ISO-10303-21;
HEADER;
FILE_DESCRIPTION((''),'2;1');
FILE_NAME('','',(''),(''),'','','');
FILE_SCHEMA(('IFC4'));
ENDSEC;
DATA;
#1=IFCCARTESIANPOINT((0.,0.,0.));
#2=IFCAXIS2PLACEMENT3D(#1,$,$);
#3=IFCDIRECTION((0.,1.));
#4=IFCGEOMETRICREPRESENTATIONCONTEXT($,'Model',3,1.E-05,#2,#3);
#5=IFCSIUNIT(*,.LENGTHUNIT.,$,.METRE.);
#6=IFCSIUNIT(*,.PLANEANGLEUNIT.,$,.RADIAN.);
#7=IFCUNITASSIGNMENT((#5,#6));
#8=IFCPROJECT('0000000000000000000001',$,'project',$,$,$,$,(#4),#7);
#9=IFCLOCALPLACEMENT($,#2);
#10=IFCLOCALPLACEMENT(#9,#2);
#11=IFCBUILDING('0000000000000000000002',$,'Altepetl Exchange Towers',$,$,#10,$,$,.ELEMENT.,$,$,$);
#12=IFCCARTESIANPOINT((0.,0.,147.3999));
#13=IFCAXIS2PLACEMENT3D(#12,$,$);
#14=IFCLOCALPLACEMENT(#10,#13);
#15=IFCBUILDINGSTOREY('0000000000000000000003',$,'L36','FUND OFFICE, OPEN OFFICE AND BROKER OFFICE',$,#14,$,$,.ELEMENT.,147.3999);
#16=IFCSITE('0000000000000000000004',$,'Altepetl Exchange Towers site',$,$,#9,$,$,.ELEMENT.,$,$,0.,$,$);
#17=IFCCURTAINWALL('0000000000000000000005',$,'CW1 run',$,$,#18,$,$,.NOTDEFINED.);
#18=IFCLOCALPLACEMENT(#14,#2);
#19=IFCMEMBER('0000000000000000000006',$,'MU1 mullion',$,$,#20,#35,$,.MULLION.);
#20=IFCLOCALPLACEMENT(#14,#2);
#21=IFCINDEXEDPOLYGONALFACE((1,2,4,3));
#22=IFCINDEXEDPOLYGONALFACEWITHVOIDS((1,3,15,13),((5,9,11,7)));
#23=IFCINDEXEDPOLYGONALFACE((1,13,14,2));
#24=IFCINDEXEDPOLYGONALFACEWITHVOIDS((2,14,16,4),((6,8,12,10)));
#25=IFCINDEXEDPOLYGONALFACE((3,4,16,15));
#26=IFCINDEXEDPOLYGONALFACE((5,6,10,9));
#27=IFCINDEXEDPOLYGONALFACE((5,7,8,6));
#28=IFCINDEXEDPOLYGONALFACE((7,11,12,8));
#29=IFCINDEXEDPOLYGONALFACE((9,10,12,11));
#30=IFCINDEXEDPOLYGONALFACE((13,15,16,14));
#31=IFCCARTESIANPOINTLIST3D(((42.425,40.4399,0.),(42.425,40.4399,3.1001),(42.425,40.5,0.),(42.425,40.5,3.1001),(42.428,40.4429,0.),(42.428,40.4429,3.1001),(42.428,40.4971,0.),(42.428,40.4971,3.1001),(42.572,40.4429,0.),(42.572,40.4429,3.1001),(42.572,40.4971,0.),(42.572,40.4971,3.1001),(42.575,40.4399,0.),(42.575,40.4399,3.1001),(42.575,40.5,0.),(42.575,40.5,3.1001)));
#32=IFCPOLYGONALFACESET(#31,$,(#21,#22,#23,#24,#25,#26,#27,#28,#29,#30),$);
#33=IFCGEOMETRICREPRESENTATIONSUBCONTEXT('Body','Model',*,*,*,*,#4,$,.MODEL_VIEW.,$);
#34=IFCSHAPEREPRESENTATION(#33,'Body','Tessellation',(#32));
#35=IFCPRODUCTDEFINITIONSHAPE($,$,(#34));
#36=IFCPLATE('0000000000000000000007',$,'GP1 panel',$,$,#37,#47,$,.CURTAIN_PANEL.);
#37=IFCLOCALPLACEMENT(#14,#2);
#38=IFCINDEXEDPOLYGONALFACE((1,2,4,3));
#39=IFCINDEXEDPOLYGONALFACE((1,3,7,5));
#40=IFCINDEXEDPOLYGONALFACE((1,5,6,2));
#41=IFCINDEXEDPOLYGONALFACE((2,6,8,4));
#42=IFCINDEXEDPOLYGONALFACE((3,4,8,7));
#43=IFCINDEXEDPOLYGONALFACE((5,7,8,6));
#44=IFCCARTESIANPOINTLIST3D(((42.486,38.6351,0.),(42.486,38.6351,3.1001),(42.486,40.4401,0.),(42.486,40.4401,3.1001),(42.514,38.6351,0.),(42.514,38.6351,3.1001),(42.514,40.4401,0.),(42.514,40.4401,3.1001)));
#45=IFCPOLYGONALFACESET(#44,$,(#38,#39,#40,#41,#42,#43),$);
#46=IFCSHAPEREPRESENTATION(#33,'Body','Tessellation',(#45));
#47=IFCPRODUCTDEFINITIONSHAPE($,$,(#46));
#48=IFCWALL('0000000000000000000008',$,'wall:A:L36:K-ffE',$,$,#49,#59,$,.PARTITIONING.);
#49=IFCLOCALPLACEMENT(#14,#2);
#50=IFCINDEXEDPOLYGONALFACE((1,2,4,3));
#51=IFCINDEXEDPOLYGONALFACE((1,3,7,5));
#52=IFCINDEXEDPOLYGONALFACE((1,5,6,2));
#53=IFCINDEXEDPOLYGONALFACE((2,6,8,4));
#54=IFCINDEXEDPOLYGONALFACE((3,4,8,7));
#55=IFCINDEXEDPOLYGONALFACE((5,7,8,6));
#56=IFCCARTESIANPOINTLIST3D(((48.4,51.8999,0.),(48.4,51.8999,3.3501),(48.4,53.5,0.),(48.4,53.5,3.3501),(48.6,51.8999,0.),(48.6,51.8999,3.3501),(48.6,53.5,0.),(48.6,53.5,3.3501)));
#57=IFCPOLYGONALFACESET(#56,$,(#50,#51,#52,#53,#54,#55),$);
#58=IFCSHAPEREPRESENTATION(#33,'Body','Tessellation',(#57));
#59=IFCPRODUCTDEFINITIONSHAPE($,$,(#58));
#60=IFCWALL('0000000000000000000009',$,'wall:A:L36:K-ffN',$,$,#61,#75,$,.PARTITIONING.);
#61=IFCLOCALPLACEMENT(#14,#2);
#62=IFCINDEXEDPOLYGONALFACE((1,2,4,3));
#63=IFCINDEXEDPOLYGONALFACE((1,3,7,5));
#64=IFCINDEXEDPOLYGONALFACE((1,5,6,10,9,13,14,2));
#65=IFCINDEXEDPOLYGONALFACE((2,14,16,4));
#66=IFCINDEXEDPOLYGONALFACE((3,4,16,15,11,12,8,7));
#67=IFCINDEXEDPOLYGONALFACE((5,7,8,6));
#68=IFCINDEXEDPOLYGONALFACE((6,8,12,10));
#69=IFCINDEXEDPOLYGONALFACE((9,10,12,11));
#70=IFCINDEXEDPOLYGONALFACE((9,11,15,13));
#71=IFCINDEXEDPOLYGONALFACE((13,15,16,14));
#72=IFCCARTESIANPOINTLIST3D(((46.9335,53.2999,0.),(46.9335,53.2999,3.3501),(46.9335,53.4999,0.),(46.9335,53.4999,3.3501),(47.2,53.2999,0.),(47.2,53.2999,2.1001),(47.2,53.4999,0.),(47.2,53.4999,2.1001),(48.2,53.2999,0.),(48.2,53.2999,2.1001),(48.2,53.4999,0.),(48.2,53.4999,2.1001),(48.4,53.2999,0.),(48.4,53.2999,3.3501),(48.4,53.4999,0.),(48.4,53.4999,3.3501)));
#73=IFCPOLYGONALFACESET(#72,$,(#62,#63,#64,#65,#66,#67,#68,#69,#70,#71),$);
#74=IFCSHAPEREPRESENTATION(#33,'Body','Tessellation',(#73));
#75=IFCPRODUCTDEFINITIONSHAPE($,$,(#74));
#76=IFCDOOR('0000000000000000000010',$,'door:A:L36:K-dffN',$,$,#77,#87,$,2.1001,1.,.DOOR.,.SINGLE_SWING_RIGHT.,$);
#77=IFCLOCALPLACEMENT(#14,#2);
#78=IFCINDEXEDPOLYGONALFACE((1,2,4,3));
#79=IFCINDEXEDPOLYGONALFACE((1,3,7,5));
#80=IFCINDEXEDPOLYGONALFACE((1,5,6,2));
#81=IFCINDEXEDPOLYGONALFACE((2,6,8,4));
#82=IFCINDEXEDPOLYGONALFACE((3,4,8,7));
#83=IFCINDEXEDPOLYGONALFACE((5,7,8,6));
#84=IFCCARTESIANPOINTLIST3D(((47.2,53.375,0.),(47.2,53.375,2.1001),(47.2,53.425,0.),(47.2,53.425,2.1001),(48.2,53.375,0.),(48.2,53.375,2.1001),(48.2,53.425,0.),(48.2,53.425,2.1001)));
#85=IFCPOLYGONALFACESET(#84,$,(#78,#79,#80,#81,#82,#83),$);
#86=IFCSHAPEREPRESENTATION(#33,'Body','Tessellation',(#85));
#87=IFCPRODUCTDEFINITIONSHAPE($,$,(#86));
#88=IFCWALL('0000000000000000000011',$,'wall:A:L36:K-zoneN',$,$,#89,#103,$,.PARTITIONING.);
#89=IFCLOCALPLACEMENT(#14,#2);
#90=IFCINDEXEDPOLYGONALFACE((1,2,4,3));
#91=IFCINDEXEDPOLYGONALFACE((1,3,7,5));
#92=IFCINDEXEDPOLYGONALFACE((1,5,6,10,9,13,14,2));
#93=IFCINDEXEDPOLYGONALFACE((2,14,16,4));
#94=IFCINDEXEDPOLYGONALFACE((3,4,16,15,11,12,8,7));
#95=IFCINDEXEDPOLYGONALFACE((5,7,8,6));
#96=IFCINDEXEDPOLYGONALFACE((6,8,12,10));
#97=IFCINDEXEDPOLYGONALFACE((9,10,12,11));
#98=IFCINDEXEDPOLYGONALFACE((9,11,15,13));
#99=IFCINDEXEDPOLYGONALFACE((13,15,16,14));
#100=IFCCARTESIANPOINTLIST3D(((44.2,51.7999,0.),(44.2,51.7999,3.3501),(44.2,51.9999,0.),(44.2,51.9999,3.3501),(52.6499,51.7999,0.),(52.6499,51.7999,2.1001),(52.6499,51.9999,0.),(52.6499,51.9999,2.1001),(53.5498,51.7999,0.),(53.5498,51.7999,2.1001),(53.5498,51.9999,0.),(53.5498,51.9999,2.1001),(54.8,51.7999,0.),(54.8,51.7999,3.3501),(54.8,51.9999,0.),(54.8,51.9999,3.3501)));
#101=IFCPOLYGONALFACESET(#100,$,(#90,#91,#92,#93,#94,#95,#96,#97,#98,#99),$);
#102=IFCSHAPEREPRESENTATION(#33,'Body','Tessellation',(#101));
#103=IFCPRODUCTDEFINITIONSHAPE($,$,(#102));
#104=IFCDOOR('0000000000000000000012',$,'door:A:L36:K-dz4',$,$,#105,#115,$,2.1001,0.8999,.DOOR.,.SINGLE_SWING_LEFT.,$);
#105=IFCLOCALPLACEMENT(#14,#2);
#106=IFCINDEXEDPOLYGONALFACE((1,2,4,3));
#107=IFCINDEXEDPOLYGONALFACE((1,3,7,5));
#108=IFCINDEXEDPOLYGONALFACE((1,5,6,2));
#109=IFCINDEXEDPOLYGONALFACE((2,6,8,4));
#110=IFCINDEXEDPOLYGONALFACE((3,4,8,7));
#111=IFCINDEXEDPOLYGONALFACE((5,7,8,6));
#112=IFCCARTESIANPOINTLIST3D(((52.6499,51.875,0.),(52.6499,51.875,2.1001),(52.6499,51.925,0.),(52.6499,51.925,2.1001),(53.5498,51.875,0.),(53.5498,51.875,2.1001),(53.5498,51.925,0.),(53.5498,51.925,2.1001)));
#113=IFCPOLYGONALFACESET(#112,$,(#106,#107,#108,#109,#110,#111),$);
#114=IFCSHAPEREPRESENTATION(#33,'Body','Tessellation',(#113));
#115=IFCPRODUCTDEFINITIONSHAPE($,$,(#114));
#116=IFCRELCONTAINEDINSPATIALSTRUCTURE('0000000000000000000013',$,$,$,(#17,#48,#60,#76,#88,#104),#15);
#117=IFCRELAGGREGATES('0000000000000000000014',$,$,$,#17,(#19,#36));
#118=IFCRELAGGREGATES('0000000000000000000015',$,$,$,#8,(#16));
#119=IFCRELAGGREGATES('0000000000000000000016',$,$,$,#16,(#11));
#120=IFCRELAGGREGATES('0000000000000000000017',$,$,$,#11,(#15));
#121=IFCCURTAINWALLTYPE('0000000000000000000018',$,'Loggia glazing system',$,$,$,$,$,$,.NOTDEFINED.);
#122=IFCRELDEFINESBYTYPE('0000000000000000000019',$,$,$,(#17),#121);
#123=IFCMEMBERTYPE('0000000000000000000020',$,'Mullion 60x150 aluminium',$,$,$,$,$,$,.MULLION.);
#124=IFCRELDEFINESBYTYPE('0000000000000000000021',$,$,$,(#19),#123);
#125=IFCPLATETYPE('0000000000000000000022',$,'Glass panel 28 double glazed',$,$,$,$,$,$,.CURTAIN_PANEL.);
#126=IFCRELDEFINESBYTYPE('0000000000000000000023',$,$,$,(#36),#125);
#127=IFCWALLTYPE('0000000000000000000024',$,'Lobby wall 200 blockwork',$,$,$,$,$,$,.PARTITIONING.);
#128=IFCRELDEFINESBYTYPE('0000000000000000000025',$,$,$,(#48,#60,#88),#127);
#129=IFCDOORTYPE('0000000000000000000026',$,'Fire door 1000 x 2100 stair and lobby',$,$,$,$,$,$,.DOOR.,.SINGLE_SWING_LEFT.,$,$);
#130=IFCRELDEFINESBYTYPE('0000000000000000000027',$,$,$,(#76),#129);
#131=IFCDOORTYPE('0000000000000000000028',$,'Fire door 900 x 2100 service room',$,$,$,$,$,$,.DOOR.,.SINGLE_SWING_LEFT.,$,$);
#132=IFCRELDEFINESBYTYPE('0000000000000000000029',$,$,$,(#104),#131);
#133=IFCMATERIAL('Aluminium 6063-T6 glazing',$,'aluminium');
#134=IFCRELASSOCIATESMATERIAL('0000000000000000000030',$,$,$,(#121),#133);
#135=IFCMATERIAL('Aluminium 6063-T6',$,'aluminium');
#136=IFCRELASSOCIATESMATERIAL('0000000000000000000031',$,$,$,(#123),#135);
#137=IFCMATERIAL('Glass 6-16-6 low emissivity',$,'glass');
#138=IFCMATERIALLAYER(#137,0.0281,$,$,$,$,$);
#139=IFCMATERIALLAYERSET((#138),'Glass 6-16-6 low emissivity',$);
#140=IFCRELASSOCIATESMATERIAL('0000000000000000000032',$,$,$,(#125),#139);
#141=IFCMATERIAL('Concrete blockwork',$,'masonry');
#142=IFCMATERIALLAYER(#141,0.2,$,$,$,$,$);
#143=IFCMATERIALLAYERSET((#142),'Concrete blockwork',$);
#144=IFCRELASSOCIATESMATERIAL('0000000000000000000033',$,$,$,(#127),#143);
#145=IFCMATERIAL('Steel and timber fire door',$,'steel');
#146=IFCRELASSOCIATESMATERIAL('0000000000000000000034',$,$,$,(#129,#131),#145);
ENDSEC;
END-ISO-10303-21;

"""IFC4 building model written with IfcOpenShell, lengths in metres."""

from ifc_helpers import new_model, si_unit, direction, frame, frame_2d, origin, origin_2d, place, context, subcontext, project, spatial, rectangle, hollow_rectangle, extrude, material, layer, layer_set, material_profile, profile_set, type_object, element, fill, aggregate, save


model = new_model("IFC4")

# Units and contexts
model_context = context("Model", 3, precision=1e-05, world=origin(), true_north=direction((0.0, 1.0)))
body_context = subcontext(model_context, "Body", "Model", "MODEL_VIEW")
ifc_project = project(units=[si_unit("LENGTHUNIT", "METRE"), si_unit("PLANEANGLEUNIT", "RADIAN")], contexts=[model_context])

# Site, building, storey
site_placement = place(None, origin())
site = spatial("IfcSite", under=ifc_project, at=site_placement, Name="Altepetl Exchange Towers site", CompositionType="ELEMENT", RefElevation=0.0)
building_placement = place(site_placement, origin())
building = spatial("IfcBuilding", under=site, at=building_placement, Name="Altepetl Exchange Towers", CompositionType="ELEMENT")
storey_placement = place(building_placement, frame((0.0, 0.0, 147.3999)))
storey = spatial("IfcBuildingStorey", under=building, at=storey_placement, Name="L36", Description="FUND OFFICE, OPEN OFFICE AND BROKER OFFICE", CompositionType="ELEMENT", Elevation=147.3999)

# Curtain wall, member, plate
ifc_material_1 = material(Name="Aluminium 6063-T6 glazing", Category="aluminium")
curtain_wall_type = type_object("IfcCurtainWallType", Name="Loggia glazing system", PredefinedType="NOTDEFINED", material=ifc_material_1)
curtain_wall_placement = place(storey_placement, origin())
curtain_wall = element("IfcCurtainWall", 1, at=curtain_wall_placement, inside=storey, type_object=curtain_wall_type, Name="CW1 run", PredefinedType="NOTDEFINED")
ifc_material_2 = material(Name="Aluminium 6063-T6", Category="aluminium")
ifc_material_profile = material_profile(ifc_material_2, hollow_rectangle(XDim=0.0601, YDim=0.1499, WallThickness=0.0029, at=origin_2d()), Name="Mullion 60x150 aluminium")
ifc_profile_set = profile_set([ifc_material_profile], Name="Aluminium 6063-T6")
member_type = type_object("IfcMemberType", Name="Mullion 60x150 aluminium", PredefinedType="MULLION", material=ifc_profile_set)
member_placement = place(storey_placement, frame((42.5, 40.47, 0.0), z_axis=(0.0, 0.0, 1.0), x_axis=(0.0, -1.0, 0.0)))
member = element("IfcMember", 2, at=member_placement, type_object=member_type, Name="MU1 mullion", PredefinedType="MULLION", context=body_context, shape_type="SweptSolid", body=[
    extrude(hollow_rectangle(XDim=0.0601, YDim=0.1499, WallThickness=0.0029, at=origin_2d()), origin(), (0.0, 0.0, 1.0), 3.1001),
])
ifc_material_3 = material(Name="Glass 6-16-6 low emissivity", Category="glass")
ifc_layer_1 = layer(ifc_material_3, 0.0281)
ifc_layer_set_1 = layer_set([ifc_layer_1], Name="Glass 6-16-6 low emissivity")
plate_type = type_object("IfcPlateType", Name="Glass panel 28 double glazed", PredefinedType="CURTAIN_PANEL", material=ifc_layer_set_1)
plate_placement = place(storey_placement, frame((42.5, 39.5376, 0.0), z_axis=(0.0, 0.0, 1.0), x_axis=(0.0, -1.0, 0.0)))
plate = element("IfcPlate", 3, at=plate_placement, type_object=plate_type, Name="GP1 panel", PredefinedType="CURTAIN_PANEL", context=body_context, shape_type="SweptSolid", body=[
    extrude(rectangle(XDim=1.8049, YDim=0.0281, at=origin_2d()), origin(), (0.0, 0.0, 1.0), 3.1001),
])
aggregate(curtain_wall, [member, plate])

# Wall
ifc_material_4 = material(Name="Concrete blockwork", Category="masonry")
ifc_layer_2 = layer(ifc_material_4, 0.2)
ifc_layer_set_2 = layer_set([ifc_layer_2], Name="Concrete blockwork")
wall_type_1 = type_object("IfcWallType", Name="Lobby wall 200 blockwork", PredefinedType="PARTITIONING", material=ifc_layer_set_2)
wall_1_placement = place(storey_placement, frame((48.5, 51.8999, 0.0), z_axis=(0.0, 0.0, 1.0), x_axis=(0.0, 1.0, 0.0)))
element("IfcWall", 4, at=wall_1_placement, inside=storey, type_object=wall_type_1, Name="wall:A:L36:K-ffE", PredefinedType="PARTITIONING", context=body_context, shape_type="SweptSolid", body=[
    extrude(rectangle(XDim=1.6001, YDim=0.2, at=frame_2d((0.8, 0.0))), origin(), (0.0, 0.0, 1.0), 3.3501),
])

# Walls, openings, doors
wall_2_placement = place(storey_placement, frame((46.9333, 53.3999, 0.0)))
wall_2 = element("IfcWall", 5, at=wall_2_placement, inside=storey, type_object=wall_type_1, Name="wall:A:L36:K-ffN", PredefinedType="PARTITIONING", context=body_context, shape_type="SweptSolid", body=[
    extrude(rectangle(XDim=1.4666, YDim=0.2, at=frame_2d((0.7334, 0.0))), origin(), (0.0, 0.0, 1.0), 3.3501),
])
opening_1_placement = place(wall_2_placement, frame((0.2666, 0.0, 0.0)))
opening_1 = element("IfcOpeningElement", 6, at=opening_1_placement, cuts=wall_2, PredefinedType="OPENING", context=body_context, shape_type="SweptSolid", body=[
    extrude(rectangle(XDim=1.0, YDim=2.1001, at=frame_2d((0.5, 1.05))), frame((0.0, 0.1099, 0.0), z_axis=(0.0, -1.0, 0.0), x_axis=(1.0, 0.0, 0.0)), (0.0, 0.0, 1.0), 0.22),
])
ifc_material_5 = material(Name="Steel and timber fire door", Category="steel")
door_type_1 = type_object("IfcDoorType", Name="Fire door 1000 x 2100 stair and lobby", OperationType="SINGLE_SWING_LEFT", PredefinedType="DOOR", material=ifc_material_5)
door_1_placement = place(opening_1_placement, frame((1.0, 0.0, 0.0), x_axis=(-1.0, 0.0, 0.0)))
door_1 = element("IfcDoor", 7, at=door_1_placement, inside=storey, type_object=door_type_1, Name="door:A:L36:K-dffN", OperationType="SINGLE_SWING_RIGHT", OverallHeight=2.1001, OverallWidth=1.0, PredefinedType="DOOR", context=body_context, shape_type="SweptSolid", body=[
    extrude(rectangle(XDim=1.0, YDim=2.1001, at=frame_2d((0.5, 1.05))), frame((0.0, 0.0249, 0.0), z_axis=(0.0, -1.0, 0.0), x_axis=(1.0, 0.0, 0.0)), (0.0, 0.0, 1.0), 0.05),
])
fill(opening_1, door_1)
wall_3_placement = place(storey_placement, frame((44.2, 51.8999, 0.0)))
wall_3 = element("IfcWall", 8, at=wall_3_placement, inside=storey, type_object=wall_type_1, Name="wall:A:L36:K-zoneN", PredefinedType="PARTITIONING", context=body_context, shape_type="SweptSolid", body=[
    extrude(rectangle(XDim=10.6001, YDim=0.2, at=frame_2d((5.3, 0.0))), origin(), (0.0, 0.0, 1.0), 3.3501),
])
opening_2_placement = place(wall_3_placement, frame((8.45, 0.0, 0.0)))
opening_2 = element("IfcOpeningElement", 9, at=opening_2_placement, cuts=wall_3, PredefinedType="OPENING", context=body_context, shape_type="SweptSolid", body=[
    extrude(rectangle(XDim=0.8999, YDim=2.1001, at=frame_2d((0.45, 1.05))), frame((0.0, 0.1099, 0.0), z_axis=(0.0, -1.0, 0.0), x_axis=(1.0, 0.0, 0.0)), (0.0, 0.0, 1.0), 0.22),
])
door_type_2 = type_object("IfcDoorType", Name="Fire door 900 x 2100 service room", OperationType="SINGLE_SWING_LEFT", PredefinedType="DOOR", material=ifc_material_5)
door_2_placement = place(opening_2_placement, frame((0.8999, 0.0, 0.0), x_axis=(-1.0, 0.0, 0.0)))
door_2 = element("IfcDoor", 10, at=door_2_placement, inside=storey, type_object=door_type_2, Name="door:A:L36:K-dz4", OperationType="SINGLE_SWING_LEFT", OverallHeight=2.1001, OverallWidth=0.8999, PredefinedType="DOOR", context=body_context, shape_type="SweptSolid", body=[
    extrude(rectangle(XDim=0.8999, YDim=2.1001, at=frame_2d((0.45, 1.05))), frame((0.0, 0.0249, 0.0), z_axis=(0.0, -1.0, 0.0), x_axis=(1.0, 0.0, 0.0)), (0.0, 0.0, 1.0), 0.05),
])
fill(opening_2, door_2)

save(model, "model.ifc")
